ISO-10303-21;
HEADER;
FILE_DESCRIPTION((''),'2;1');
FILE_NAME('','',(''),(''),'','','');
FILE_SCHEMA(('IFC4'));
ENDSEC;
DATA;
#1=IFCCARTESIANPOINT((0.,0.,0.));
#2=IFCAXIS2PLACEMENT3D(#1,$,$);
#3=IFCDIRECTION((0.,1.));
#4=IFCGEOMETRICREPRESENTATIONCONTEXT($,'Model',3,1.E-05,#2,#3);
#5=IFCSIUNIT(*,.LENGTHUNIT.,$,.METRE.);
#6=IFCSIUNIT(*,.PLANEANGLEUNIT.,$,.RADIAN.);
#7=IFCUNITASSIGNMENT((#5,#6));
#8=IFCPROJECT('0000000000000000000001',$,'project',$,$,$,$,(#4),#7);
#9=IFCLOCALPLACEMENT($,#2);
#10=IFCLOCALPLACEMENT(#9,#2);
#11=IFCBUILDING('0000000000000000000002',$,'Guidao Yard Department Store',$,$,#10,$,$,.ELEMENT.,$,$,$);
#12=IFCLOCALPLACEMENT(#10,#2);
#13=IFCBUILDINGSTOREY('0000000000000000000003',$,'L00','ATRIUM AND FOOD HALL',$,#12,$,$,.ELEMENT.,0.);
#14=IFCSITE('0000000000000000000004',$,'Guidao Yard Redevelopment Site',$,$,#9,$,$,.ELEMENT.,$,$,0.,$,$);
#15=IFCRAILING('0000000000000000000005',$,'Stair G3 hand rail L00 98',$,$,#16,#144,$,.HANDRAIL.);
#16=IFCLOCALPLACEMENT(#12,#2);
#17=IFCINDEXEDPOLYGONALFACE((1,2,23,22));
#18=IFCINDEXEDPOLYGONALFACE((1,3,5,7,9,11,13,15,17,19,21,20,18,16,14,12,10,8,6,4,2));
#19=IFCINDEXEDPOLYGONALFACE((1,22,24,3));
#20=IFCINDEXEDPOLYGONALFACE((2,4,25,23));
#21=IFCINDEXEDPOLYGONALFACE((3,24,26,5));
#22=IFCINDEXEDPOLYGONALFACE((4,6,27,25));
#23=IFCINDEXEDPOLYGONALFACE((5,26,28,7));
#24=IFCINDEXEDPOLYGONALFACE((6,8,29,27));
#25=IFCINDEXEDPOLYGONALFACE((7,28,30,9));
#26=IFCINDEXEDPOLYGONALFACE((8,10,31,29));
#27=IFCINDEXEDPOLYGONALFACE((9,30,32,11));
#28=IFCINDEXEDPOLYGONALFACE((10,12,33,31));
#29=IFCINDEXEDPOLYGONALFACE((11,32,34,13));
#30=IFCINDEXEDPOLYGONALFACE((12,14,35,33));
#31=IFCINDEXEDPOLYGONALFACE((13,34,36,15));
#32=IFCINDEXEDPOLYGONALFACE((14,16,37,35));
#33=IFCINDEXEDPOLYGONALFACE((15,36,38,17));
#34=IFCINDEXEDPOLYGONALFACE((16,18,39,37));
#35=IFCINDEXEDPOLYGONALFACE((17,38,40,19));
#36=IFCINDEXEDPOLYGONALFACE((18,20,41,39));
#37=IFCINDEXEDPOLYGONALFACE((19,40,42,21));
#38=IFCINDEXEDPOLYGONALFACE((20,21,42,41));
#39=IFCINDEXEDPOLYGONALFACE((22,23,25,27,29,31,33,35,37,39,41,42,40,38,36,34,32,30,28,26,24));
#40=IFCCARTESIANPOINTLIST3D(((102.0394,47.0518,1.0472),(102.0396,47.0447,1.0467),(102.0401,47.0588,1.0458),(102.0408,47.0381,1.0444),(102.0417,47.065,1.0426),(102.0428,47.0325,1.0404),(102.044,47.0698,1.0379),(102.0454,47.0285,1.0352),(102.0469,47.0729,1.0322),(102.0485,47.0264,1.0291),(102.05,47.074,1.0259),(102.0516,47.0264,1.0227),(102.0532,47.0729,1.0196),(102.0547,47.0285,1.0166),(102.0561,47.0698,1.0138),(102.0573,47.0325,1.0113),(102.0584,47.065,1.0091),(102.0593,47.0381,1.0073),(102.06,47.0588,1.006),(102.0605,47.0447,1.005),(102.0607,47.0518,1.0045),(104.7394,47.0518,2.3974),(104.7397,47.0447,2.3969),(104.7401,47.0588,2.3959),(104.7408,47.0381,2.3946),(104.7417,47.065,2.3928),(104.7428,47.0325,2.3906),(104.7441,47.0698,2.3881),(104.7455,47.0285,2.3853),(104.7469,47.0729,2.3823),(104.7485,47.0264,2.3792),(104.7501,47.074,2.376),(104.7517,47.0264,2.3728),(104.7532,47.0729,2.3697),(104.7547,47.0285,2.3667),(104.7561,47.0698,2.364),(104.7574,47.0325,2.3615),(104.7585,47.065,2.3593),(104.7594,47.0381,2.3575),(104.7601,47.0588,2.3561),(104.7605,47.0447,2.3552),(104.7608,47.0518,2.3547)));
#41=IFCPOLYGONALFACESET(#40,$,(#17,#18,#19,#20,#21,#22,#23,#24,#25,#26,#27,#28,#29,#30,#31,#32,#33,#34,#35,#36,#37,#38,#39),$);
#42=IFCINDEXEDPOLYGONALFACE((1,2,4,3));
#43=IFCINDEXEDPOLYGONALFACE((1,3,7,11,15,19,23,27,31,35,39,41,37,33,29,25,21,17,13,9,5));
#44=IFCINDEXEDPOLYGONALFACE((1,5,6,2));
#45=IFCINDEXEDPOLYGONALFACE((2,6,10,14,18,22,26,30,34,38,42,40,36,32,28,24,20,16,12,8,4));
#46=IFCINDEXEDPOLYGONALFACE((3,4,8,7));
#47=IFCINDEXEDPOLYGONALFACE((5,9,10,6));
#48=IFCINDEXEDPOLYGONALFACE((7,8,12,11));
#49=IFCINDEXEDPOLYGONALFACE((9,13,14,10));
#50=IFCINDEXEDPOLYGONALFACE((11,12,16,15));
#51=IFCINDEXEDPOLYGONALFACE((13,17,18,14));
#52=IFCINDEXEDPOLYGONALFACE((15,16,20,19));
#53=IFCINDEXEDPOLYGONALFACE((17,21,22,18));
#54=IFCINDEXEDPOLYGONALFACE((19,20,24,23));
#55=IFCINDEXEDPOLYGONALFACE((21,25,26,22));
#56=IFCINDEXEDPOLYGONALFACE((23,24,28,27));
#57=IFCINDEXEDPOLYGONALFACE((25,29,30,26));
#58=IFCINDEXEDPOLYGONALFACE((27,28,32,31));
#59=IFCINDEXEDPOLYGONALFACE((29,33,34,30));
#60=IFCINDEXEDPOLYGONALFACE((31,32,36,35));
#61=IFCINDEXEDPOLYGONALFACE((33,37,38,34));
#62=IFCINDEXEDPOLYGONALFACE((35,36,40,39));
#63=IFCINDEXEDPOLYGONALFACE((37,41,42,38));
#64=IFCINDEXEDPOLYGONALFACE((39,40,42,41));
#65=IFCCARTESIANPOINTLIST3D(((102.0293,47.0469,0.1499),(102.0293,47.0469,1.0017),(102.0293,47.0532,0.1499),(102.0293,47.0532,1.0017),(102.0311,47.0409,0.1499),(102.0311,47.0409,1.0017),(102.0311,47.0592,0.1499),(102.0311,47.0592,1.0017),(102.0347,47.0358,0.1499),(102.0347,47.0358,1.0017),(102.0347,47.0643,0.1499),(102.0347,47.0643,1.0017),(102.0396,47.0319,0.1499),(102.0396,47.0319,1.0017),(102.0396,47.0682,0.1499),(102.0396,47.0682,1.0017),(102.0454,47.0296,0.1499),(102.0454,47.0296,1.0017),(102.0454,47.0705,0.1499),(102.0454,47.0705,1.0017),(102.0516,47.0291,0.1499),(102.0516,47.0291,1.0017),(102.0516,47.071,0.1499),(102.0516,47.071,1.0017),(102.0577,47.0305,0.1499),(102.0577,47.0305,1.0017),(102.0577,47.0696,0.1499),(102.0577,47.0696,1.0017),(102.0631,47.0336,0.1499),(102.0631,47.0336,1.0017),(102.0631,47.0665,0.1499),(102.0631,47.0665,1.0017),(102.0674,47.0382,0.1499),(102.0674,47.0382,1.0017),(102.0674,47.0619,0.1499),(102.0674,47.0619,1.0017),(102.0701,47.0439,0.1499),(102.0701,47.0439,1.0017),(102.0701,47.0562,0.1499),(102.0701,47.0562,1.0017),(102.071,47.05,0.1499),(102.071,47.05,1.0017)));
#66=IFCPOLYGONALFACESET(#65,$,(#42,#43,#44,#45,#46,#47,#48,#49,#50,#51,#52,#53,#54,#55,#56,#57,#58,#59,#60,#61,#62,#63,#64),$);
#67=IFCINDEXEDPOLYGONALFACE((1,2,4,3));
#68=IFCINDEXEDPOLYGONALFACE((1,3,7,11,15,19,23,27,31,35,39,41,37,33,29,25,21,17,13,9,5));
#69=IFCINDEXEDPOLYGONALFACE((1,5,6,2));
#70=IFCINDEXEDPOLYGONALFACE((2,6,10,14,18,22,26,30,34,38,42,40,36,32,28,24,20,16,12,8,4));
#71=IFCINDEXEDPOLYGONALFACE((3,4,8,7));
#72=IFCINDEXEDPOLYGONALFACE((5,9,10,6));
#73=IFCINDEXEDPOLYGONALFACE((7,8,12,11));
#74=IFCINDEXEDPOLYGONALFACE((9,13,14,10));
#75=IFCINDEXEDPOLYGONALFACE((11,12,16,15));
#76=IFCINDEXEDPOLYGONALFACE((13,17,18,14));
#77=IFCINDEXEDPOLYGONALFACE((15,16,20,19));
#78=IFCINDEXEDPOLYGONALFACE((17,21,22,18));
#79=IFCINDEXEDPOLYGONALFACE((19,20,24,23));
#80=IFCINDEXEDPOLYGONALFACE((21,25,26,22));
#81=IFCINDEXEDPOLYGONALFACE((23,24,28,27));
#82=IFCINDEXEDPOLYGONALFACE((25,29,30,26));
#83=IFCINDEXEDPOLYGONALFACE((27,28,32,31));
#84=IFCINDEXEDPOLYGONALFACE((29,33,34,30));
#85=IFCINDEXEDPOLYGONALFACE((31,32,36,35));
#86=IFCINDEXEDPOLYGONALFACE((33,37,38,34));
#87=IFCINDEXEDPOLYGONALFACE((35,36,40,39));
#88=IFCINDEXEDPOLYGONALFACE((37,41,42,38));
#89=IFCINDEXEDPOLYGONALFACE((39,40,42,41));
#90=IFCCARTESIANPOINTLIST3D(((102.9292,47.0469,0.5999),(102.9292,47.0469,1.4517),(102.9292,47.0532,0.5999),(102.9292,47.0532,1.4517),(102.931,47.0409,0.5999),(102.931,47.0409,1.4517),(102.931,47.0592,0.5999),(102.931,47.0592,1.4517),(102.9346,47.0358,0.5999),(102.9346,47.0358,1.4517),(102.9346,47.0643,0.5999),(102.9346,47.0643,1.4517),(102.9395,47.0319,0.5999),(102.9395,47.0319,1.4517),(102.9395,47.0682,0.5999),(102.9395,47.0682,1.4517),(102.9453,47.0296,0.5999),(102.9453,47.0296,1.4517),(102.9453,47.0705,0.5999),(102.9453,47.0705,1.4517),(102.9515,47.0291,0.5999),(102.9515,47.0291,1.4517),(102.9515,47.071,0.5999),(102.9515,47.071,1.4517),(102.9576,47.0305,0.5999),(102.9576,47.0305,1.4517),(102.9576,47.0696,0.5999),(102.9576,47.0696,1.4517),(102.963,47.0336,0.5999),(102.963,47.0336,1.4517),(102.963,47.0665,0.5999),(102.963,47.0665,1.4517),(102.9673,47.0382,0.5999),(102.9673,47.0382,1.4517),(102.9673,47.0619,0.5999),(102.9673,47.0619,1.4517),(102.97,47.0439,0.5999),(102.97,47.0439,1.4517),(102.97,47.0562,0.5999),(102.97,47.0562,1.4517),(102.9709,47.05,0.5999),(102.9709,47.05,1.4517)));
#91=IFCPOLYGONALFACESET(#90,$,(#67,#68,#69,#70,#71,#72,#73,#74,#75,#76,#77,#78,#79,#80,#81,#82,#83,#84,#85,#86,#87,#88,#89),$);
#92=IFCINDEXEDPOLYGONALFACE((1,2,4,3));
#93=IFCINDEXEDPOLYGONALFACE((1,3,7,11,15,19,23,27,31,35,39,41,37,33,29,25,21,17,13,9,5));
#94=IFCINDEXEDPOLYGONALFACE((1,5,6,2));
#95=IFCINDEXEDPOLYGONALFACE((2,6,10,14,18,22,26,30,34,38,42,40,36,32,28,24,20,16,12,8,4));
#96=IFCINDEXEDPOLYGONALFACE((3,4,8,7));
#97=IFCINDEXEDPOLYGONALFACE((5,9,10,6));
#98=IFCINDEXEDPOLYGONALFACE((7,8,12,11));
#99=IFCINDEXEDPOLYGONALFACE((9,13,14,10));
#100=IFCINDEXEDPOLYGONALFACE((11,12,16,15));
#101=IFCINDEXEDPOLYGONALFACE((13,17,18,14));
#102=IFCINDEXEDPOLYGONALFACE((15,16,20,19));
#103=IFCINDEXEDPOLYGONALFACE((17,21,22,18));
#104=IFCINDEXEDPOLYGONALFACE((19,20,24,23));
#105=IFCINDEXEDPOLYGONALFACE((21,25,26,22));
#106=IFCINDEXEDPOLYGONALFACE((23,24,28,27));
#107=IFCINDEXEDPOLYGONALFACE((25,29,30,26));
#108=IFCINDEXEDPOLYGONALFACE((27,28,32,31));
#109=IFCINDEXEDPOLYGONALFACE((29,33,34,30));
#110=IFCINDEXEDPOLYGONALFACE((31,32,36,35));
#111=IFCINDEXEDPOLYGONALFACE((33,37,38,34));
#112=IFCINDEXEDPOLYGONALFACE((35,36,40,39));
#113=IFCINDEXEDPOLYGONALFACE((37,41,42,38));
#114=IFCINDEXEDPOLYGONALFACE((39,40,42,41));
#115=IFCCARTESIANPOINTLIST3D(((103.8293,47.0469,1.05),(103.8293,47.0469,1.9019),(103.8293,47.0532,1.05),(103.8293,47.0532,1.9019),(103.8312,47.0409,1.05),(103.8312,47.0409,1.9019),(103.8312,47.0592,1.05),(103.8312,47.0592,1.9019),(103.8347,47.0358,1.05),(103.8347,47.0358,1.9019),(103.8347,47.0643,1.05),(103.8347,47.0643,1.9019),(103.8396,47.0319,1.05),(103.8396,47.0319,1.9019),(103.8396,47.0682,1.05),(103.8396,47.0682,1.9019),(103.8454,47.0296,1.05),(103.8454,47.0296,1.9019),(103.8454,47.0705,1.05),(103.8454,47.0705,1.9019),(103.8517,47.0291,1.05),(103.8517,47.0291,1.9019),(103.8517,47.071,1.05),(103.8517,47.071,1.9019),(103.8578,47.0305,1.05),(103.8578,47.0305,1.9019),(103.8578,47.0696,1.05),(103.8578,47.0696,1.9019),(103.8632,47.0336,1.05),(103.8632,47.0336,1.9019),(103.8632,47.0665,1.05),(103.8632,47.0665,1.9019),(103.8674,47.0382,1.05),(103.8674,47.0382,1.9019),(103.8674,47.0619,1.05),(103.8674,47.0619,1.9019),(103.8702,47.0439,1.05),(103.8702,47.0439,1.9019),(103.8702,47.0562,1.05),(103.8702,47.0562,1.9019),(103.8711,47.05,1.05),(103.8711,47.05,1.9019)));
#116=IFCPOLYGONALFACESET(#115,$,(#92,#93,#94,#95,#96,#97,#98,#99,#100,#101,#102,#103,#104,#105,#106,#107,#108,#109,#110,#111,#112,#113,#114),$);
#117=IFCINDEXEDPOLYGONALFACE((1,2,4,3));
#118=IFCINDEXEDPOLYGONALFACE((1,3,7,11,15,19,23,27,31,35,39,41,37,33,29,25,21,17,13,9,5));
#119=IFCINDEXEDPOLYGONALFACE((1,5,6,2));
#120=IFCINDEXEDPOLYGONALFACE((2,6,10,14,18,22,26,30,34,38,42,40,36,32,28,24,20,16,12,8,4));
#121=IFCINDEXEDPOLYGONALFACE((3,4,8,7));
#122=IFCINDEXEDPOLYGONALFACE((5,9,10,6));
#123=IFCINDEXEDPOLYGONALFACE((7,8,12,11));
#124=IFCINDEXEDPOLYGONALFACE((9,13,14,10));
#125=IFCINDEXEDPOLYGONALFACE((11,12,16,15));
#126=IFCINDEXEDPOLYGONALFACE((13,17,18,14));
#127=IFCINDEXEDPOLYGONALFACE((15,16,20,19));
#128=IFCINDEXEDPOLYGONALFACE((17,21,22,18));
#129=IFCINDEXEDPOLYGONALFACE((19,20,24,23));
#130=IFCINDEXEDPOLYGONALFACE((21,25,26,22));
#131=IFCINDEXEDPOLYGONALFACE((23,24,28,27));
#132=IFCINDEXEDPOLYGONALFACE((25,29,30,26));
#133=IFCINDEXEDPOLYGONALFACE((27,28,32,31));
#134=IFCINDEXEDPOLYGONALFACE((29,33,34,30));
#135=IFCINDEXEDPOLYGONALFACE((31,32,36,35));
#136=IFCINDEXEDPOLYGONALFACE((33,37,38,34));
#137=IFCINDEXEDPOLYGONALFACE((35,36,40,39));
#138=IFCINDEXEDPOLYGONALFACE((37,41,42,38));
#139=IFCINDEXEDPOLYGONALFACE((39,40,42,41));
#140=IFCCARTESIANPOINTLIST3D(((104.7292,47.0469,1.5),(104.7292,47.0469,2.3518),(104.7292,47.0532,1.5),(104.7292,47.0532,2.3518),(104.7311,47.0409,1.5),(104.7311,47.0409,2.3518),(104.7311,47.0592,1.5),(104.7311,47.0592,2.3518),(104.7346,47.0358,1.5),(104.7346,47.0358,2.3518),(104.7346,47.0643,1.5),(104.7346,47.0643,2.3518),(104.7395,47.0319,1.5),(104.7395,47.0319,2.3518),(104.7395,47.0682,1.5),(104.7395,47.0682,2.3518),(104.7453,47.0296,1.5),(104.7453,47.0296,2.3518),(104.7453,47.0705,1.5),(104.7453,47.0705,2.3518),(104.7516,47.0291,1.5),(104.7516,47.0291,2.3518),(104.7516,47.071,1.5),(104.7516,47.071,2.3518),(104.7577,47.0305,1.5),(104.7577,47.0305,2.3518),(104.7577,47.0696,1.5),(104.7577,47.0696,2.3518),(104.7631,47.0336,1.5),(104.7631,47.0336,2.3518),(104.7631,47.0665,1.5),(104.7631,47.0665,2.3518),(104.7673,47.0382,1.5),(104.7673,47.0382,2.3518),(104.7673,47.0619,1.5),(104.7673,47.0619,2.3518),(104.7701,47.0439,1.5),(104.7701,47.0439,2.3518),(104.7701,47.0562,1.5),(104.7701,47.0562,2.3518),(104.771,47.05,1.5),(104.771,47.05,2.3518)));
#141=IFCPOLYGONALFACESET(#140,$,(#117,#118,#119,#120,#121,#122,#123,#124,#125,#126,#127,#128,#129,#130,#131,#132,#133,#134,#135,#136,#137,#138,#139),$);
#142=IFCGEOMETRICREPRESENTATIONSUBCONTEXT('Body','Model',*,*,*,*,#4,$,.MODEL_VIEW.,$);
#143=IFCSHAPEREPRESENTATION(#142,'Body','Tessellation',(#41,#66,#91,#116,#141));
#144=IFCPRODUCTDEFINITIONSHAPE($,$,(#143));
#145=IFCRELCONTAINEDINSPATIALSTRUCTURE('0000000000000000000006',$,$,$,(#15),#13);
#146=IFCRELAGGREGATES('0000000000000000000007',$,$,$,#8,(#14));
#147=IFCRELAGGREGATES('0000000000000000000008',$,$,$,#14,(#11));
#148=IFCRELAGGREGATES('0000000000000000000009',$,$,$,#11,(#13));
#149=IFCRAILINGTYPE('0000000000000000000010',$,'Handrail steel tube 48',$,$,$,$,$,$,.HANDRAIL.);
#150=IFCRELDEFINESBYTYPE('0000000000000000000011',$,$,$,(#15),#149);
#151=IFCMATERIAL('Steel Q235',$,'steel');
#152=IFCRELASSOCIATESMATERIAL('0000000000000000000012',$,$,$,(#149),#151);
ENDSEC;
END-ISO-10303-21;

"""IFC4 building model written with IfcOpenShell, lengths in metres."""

from ifc_helpers import new_model, si_unit, direction, frame, origin, origin_2d, place, context, subcontext, project, spatial, circle, extrude, material, type_object, element, save


model = new_model("IFC4")

# Units and contexts
model_context = context("Model", 3, precision=1e-05, world=origin(), true_north=direction((0.0, 1.0)))
body_context = subcontext(model_context, "Body", "Model", "MODEL_VIEW")
ifc_project = project(units=[si_unit("LENGTHUNIT", "METRE"), si_unit("PLANEANGLEUNIT", "RADIAN")], contexts=[model_context])

# Site, building, storey
site_placement = place(None, origin())
site = spatial("IfcSite", under=ifc_project, at=site_placement, Name="Guidao Yard Redevelopment Site", CompositionType="ELEMENT", RefElevation=0.0)
building_placement = place(site_placement, origin())
building = spatial("IfcBuilding", under=site, at=building_placement, Name="Guidao Yard Department Store", CompositionType="ELEMENT")
storey_placement = place(building_placement, origin())
storey = spatial("IfcBuildingStorey", under=building, at=storey_placement, Name="L00", Description="ATRIUM AND FOOD HALL", CompositionType="ELEMENT", Elevation=0.0)

# Railing
ifc_material_1 = material(Name="Steel Q235", Category="steel")
railing_type = type_object("IfcRailingType", Name="Handrail steel tube 48", PredefinedType="HANDRAIL", material=ifc_material_1)
for number, where, name in (
    (1, (102.05, 47.05, 0.1499), "Stair G3 hand rail L00 98"),
):
    element("IfcRailing", number, at=place(storey_placement, frame(where)), inside=storey, type_object=railing_type, Name=name, PredefinedType="HANDRAIL", context=body_context, shape_type="SweptSolid", body=[
        extrude(circle(Radius=0.0239, at=origin_2d()), frame((0.0, 0.0, 0.876), z_axis=(0.894411, 0.0, 0.447246), x_axis=(0.0, 1.0, 0.0)), (0.0, 0.0, 1.0), 3.0188),
        extrude(circle(Radius=0.021, at=origin_2d()), origin(), (0.0, 0.0, 1.0), 0.8518),
        extrude(circle(Radius=0.021, at=origin_2d()), frame((0.8999, 0.0, 0.45)), (0.0, 0.0, 1.0), 0.8518),
        extrude(circle(Radius=0.021, at=origin_2d()), frame((1.8, 0.0, 0.9001)), (0.0, 0.0, 1.0), 0.8518),
        extrude(circle(Radius=0.021, at=origin_2d()), frame((2.7, 0.0, 1.3501)), (0.0, 0.0, 1.0), 0.8518),
    ])

save(model, "model.ifc")
